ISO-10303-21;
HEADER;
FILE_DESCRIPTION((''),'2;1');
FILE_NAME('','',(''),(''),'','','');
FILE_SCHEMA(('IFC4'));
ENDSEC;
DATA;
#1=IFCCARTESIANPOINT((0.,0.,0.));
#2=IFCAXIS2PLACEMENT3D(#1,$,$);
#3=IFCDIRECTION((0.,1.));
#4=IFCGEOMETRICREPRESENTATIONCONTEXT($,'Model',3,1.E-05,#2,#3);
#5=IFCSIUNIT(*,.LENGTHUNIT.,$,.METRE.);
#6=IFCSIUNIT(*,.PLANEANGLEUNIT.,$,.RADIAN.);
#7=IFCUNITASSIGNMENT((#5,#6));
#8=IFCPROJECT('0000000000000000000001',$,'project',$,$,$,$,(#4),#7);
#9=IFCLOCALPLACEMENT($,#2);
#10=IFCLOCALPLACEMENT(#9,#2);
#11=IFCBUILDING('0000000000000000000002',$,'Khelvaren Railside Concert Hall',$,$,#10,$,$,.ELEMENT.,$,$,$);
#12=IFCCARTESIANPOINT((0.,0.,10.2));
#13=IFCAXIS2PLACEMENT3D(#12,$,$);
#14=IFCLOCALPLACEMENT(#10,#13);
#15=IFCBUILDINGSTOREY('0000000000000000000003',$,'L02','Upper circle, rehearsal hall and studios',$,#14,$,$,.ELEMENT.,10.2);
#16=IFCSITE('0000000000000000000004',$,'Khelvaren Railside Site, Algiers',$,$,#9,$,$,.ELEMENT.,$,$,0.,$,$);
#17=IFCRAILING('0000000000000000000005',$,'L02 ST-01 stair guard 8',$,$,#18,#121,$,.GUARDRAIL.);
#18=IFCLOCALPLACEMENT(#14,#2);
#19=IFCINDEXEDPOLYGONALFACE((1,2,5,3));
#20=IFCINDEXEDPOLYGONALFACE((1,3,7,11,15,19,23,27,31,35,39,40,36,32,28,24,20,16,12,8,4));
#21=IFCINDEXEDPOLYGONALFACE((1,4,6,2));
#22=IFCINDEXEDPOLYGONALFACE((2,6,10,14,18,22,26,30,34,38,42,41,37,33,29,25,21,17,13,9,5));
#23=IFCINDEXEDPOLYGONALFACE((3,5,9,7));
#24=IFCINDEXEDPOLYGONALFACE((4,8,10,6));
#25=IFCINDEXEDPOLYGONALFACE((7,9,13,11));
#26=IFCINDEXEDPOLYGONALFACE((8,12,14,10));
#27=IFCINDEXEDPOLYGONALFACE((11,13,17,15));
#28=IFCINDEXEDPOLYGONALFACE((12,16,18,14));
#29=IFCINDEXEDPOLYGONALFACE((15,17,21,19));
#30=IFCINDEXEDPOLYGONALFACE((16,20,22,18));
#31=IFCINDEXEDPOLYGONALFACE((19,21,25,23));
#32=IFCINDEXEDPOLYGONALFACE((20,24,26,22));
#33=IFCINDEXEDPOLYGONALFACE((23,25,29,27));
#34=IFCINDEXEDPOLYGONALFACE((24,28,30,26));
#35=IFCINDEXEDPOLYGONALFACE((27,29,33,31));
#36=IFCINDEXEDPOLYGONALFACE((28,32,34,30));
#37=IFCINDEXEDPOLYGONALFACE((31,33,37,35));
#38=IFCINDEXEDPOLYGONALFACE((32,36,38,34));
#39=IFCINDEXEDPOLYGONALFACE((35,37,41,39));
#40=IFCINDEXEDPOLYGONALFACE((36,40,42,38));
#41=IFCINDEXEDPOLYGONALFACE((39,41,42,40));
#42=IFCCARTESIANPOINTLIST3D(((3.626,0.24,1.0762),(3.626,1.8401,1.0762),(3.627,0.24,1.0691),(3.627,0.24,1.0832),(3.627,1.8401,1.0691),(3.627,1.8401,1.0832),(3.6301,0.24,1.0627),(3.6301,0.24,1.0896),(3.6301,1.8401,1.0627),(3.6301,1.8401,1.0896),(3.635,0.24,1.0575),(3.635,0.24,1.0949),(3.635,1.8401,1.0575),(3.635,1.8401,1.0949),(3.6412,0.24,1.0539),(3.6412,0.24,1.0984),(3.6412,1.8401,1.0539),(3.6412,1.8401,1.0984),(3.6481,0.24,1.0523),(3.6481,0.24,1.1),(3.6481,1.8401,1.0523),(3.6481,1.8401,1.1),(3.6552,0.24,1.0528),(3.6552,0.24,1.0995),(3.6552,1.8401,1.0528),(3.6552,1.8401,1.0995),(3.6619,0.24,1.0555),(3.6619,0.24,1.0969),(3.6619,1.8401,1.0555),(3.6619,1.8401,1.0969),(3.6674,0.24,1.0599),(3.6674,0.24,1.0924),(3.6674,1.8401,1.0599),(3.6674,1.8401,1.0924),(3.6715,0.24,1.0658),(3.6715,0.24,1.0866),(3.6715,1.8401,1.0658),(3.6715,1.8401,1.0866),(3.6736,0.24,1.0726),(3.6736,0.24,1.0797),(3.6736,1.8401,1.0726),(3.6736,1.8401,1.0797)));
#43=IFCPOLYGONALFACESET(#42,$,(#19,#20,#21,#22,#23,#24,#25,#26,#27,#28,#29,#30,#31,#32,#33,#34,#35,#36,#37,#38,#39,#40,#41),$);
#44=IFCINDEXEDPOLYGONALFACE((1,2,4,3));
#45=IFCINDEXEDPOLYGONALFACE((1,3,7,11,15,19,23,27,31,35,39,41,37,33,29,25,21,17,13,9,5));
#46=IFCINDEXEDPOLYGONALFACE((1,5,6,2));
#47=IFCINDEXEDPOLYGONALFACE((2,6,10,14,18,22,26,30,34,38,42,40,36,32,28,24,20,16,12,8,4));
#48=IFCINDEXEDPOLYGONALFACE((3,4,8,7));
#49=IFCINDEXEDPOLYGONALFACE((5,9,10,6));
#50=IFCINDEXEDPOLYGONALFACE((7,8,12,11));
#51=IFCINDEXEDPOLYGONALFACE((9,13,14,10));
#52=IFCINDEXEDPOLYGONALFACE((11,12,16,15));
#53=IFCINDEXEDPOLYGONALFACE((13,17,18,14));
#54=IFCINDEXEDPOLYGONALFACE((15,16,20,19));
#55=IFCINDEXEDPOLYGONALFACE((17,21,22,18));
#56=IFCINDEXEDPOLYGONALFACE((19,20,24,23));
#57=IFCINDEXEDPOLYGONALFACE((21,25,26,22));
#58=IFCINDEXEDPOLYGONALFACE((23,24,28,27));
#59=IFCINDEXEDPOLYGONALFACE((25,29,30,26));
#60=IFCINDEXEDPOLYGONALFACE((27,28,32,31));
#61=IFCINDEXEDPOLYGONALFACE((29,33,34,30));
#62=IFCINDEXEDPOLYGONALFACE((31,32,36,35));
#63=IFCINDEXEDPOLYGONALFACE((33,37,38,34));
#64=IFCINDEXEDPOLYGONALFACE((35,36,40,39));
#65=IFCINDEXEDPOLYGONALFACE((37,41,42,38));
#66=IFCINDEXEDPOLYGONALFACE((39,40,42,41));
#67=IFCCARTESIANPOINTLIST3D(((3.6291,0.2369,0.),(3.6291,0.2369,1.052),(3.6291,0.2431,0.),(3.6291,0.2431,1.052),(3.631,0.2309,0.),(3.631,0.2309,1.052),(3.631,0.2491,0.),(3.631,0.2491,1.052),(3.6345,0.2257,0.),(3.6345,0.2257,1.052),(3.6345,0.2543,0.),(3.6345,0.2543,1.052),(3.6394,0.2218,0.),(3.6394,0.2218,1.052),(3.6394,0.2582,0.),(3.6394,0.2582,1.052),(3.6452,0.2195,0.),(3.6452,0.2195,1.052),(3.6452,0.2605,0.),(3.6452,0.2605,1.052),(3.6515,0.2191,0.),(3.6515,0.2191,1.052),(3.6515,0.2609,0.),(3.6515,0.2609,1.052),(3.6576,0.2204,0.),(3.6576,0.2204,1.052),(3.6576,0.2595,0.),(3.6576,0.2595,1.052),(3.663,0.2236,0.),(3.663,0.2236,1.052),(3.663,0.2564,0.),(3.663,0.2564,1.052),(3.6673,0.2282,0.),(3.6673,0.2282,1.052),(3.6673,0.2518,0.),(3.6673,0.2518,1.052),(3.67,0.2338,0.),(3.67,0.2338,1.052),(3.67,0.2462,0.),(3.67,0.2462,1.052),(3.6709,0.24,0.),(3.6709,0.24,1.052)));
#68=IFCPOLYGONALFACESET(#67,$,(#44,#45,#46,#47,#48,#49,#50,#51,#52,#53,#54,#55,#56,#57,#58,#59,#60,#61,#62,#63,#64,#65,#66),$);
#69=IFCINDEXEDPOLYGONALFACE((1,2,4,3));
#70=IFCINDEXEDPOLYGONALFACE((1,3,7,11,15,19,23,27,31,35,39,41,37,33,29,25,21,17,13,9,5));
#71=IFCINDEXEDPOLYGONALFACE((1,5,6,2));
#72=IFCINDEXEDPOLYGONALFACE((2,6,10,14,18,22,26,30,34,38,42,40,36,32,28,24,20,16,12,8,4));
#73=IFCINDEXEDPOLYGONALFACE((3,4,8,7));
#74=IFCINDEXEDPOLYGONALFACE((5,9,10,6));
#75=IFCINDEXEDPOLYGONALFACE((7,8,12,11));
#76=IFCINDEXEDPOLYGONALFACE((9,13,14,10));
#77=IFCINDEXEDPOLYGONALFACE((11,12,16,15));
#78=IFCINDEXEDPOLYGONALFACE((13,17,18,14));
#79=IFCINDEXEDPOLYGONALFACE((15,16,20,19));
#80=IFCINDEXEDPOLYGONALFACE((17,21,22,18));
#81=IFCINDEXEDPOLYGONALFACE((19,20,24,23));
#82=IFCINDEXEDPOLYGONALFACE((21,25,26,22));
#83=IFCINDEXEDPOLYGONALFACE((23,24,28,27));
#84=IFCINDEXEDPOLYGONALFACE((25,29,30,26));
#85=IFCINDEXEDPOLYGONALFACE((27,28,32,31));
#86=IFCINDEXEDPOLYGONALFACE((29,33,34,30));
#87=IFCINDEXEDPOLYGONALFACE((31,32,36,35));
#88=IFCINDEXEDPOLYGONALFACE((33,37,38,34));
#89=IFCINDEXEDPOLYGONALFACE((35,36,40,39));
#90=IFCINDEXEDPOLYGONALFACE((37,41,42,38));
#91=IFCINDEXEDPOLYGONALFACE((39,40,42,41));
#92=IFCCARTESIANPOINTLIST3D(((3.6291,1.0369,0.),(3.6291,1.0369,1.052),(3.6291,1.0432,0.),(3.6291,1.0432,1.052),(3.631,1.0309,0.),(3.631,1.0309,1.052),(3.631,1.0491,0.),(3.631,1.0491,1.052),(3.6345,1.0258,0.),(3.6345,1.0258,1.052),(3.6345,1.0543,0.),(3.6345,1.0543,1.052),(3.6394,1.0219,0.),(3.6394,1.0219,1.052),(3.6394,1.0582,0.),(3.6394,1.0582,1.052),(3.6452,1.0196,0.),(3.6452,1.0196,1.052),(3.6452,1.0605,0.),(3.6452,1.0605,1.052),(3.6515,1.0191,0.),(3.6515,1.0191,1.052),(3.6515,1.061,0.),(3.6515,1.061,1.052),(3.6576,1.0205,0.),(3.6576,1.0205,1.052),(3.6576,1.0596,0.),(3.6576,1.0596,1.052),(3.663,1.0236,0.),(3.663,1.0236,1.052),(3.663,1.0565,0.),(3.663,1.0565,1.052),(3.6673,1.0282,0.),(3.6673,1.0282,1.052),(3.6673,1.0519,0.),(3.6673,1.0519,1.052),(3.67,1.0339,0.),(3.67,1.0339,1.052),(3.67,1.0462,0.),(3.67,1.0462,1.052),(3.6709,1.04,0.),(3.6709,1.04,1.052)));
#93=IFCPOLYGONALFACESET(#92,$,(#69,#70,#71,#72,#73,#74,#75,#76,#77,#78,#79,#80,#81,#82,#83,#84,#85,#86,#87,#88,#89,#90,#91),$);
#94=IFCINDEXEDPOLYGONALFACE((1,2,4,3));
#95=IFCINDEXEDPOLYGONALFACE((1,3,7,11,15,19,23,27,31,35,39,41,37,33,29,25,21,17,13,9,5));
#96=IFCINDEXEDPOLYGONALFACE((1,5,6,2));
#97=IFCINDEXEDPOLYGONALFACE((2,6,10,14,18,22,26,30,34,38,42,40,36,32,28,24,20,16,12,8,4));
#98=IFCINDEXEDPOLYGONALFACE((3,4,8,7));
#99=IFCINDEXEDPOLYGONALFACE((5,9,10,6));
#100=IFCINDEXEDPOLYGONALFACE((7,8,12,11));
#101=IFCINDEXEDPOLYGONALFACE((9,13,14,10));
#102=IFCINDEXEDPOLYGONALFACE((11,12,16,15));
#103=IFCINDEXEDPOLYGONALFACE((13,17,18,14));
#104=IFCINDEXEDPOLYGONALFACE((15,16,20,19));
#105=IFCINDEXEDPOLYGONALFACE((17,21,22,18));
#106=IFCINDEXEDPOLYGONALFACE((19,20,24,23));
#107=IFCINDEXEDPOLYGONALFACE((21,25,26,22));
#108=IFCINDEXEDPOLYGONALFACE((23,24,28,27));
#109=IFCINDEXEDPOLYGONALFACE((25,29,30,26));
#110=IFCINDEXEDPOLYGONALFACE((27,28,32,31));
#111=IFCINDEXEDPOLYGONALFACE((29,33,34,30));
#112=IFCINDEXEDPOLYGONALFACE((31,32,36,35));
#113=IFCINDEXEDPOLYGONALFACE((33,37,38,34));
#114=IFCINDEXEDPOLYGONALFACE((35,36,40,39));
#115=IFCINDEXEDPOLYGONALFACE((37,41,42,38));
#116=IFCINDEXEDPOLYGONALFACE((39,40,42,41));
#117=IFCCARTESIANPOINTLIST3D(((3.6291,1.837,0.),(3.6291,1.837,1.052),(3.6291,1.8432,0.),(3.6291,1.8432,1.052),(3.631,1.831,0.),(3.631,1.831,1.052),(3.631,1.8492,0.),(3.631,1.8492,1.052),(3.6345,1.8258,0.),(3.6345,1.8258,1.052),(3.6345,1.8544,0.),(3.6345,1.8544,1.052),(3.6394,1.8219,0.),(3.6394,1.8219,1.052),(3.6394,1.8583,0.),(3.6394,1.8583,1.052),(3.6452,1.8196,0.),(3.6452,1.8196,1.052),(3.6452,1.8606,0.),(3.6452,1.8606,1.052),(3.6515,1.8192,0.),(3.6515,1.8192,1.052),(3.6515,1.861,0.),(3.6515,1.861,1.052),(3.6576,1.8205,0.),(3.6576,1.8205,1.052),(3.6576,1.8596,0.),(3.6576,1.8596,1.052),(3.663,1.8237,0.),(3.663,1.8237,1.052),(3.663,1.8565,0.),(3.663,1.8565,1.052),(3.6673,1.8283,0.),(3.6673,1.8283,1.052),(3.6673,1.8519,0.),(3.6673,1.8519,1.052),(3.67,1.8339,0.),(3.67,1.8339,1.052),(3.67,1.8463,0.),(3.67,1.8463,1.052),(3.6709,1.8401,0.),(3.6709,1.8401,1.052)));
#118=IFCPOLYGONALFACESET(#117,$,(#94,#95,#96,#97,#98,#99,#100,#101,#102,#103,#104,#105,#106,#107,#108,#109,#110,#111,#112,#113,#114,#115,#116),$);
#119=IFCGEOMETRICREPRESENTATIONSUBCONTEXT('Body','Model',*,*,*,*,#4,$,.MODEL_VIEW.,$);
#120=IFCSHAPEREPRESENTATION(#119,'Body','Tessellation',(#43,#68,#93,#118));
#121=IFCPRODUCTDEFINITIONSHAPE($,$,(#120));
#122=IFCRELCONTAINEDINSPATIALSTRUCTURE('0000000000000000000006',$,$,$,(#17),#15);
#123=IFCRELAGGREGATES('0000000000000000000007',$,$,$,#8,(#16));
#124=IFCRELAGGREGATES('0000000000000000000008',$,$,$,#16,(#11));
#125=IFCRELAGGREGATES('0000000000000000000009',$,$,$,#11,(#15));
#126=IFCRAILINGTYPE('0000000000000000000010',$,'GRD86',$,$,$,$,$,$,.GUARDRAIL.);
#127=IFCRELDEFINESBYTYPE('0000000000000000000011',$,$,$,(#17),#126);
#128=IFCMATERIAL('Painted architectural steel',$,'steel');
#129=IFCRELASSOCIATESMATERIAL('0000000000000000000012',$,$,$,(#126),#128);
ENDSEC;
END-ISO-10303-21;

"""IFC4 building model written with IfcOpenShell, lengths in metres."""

from ifc_helpers import new_model, si_unit, direction, frame, origin, origin_2d, place, context, subcontext, project, spatial, circle, extrude, material, type_object, element, save


model = new_model("IFC4")

# Units and contexts
model_context = context("Model", 3, precision=1e-05, world=origin(), true_north=direction((0.0, 1.0)))
body_context = subcontext(model_context, "Body", "Model", "MODEL_VIEW")
ifc_project = project(units=[si_unit("LENGTHUNIT", "METRE"), si_unit("PLANEANGLEUNIT", "RADIAN")], contexts=[model_context])

# Site, building, storey
site_placement = place(None, origin())
site = spatial("IfcSite", under=ifc_project, at=site_placement, Name="Khelvaren Railside Site, Algiers", CompositionType="ELEMENT", RefElevation=0.0)
building_placement = place(site_placement, origin())
building = spatial("IfcBuilding", under=site, at=building_placement, Name="Khelvaren Railside Concert Hall", CompositionType="ELEMENT")
storey_placement = place(building_placement, frame((0.0, 0.0, 10.2)))
storey = spatial("IfcBuildingStorey", under=building, at=storey_placement, Name="L02", Description="Upper circle, rehearsal hall and studios", CompositionType="ELEMENT", Elevation=10.2)

# Railing
ifc_material_1 = material(Name="Painted architectural steel", Category="steel")
railing_type_1 = type_object("IfcRailingType", Name="GRD86", PredefinedType="GUARDRAIL", material=ifc_material_1)
railing_1_placement = place(storey_placement, frame((3.6499, 0.24, 0.0)))
element("IfcRailing", 1, at=railing_1_placement, inside=storey, type_object=railing_type_1, Name="L02 ST-01 stair guard 8", PredefinedType="GUARDRAIL", context=body_context, shape_type="SweptSolid", body=[
    extrude(circle(Radius=0.0239, at=origin_2d()), frame((0.0, 0.0, 1.0762), z_axis=(0.0, 1.0, 0.0), x_axis=(-1.0, 0.0, 0.0)), (0.0, 0.0, 1.0), 1.6001),
    extrude(circle(Radius=0.021, at=origin_2d()), origin(), (0.0, 0.0, 1.0), 1.052),
    extrude(circle(Radius=0.021, at=origin_2d()), frame((0.0, 0.8, 0.0)), (0.0, 0.0, 1.0), 1.052),
    extrude(circle(Radius=0.021, at=origin_2d()), frame((0.0, 1.6001, 0.0)), (0.0, 0.0, 1.0), 1.052),
])

save(model, "model.ifc")
